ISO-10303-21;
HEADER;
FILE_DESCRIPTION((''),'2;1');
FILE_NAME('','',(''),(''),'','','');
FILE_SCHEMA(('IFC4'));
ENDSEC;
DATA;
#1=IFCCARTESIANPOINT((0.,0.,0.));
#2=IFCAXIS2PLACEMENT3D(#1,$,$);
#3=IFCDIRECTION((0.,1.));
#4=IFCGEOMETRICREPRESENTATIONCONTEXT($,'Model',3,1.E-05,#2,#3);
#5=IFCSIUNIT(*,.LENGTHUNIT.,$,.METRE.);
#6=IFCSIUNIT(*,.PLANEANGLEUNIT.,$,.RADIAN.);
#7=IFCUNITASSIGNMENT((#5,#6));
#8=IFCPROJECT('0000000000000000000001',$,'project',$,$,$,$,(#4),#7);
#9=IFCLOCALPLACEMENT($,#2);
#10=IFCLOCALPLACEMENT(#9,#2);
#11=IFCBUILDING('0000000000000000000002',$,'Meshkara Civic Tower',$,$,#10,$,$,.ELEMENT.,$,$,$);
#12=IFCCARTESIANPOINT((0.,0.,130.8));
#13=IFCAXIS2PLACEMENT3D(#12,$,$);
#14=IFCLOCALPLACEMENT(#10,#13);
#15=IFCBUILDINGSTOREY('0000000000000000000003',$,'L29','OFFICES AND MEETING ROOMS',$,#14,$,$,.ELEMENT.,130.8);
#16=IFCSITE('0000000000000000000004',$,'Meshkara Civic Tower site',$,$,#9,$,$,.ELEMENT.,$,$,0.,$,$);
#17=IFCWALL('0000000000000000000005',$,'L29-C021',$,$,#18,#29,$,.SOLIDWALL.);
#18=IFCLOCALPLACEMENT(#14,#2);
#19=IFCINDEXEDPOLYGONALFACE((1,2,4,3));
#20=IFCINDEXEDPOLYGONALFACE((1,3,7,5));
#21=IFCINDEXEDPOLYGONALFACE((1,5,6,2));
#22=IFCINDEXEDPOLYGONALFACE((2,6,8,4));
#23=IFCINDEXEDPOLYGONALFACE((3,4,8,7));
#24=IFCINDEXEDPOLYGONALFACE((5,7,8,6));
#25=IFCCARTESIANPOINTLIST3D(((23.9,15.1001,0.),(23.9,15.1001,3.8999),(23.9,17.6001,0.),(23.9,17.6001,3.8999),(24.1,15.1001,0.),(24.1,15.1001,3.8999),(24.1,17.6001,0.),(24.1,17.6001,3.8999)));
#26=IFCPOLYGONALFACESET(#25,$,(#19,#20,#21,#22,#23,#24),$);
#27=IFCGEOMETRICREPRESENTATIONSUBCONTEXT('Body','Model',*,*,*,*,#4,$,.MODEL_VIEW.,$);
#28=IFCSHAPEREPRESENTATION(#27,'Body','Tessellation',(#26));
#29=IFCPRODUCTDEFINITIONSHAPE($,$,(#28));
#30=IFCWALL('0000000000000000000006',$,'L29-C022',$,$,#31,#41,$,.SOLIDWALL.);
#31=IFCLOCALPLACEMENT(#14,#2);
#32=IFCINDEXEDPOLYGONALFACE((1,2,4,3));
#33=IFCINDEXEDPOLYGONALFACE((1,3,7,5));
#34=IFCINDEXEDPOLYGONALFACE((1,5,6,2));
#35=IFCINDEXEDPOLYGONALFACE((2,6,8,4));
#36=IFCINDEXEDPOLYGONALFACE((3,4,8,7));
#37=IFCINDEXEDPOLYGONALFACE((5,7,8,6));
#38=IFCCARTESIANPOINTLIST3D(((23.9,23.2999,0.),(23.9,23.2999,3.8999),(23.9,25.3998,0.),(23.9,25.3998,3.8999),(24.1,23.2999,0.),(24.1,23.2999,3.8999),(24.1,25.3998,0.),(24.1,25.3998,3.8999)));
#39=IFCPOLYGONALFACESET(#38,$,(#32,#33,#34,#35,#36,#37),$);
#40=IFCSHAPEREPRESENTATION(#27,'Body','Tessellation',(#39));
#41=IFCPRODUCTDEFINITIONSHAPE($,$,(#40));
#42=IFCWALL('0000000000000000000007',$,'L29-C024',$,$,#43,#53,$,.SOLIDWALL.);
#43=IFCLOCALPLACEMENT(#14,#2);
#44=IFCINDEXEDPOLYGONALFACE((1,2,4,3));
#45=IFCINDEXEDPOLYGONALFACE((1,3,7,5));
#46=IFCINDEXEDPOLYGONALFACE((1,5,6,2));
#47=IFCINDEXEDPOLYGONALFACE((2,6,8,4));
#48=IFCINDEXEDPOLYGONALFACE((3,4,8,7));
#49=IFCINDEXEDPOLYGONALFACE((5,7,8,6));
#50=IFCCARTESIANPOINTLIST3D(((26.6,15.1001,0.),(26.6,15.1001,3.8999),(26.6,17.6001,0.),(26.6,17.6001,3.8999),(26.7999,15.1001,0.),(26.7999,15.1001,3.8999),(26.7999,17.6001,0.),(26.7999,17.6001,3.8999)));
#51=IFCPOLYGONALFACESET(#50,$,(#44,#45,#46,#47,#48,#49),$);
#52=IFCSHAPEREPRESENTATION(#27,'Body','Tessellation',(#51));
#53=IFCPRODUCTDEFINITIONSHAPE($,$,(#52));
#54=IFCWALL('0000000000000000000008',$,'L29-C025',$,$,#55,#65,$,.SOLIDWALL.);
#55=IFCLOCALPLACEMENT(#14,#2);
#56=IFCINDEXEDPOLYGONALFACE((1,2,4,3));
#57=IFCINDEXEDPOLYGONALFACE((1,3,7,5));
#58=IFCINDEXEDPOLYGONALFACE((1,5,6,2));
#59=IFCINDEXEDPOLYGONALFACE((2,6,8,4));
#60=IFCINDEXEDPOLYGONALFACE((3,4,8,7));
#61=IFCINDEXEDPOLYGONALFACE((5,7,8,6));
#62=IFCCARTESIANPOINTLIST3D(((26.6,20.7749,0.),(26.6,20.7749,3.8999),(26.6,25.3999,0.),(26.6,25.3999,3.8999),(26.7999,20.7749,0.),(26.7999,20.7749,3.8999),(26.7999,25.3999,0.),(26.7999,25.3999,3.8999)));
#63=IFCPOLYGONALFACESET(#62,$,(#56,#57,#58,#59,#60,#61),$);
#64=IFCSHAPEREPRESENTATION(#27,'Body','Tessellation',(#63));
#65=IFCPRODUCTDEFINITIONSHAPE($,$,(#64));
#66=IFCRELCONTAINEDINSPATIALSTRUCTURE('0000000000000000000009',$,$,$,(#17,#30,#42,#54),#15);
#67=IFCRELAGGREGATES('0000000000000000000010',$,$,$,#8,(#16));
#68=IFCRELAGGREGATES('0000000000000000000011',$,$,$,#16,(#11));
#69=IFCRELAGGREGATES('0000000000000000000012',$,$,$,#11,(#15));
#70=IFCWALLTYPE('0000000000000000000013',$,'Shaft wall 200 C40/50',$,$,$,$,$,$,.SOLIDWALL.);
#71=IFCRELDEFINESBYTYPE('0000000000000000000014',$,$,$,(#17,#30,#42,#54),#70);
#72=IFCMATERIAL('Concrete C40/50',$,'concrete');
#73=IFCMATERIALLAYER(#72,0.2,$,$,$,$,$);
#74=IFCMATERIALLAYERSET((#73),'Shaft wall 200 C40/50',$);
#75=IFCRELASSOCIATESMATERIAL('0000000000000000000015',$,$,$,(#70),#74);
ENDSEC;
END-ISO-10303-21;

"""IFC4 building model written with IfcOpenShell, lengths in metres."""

from ifc_helpers import new_model, si_unit, direction, frame, frame_2d, origin, place, context, subcontext, project, spatial, rectangle, extrude, material, layer, layer_set, type_object, element, save


model = new_model("IFC4")

# Units and contexts
model_context = context("Model", 3, precision=1e-05, world=origin(), true_north=direction((0.0, 1.0)))
body_context = subcontext(model_context, "Body", "Model", "MODEL_VIEW")
ifc_project = project(units=[si_unit("LENGTHUNIT", "METRE"), si_unit("PLANEANGLEUNIT", "RADIAN")], contexts=[model_context])

# Site, building, storey
site_placement = place(None, origin())
site = spatial("IfcSite", under=ifc_project, at=site_placement, Name="Meshkara Civic Tower site", CompositionType="ELEMENT", RefElevation=0.0)
building_placement = place(site_placement, origin())
building = spatial("IfcBuilding", under=site, at=building_placement, Name="Meshkara Civic Tower", CompositionType="ELEMENT")
storey_placement = place(building_placement, frame((0.0, 0.0, 130.8)))
storey = spatial("IfcBuildingStorey", under=building, at=storey_placement, Name="L29", Description="OFFICES AND MEETING ROOMS", CompositionType="ELEMENT", Elevation=130.8)

# Shared definitions
ifc_material_1 = material(Name="Concrete C40/50", Category="concrete")
ifc_layer_1 = layer(ifc_material_1, 0.2)
ifc_layer_set_1 = layer_set([ifc_layer_1], Name="Shaft wall 200 C40/50")
wall_type_1 = type_object("IfcWallType", Name="Shaft wall 200 C40/50", PredefinedType="SOLIDWALL", material=ifc_layer_set_1)

# Walls
wall_1_placement = place(storey_placement, frame((24.0, 15.1001, 0.0), z_axis=(0.0, 0.0, 1.0), x_axis=(0.0, 1.0, 0.0)))
element("IfcWall", 1, at=wall_1_placement, inside=storey, type_object=wall_type_1, Name="L29-C021", PredefinedType="SOLIDWALL", context=body_context, shape_type="SweptSolid", body=[
    extrude(rectangle(XDim=2.5, YDim=0.2, at=frame_2d((1.25, 0.0))), origin(), (0.0, 0.0, 1.0), 3.8999),
])
wall_2_placement = place(storey_placement, frame((24.0, 23.3, 0.0), z_axis=(0.0, 0.0, 1.0), x_axis=(0.0, 1.0, 0.0)))
element("IfcWall", 2, at=wall_2_placement, inside=storey, type_object=wall_type_1, Name="L29-C022", PredefinedType="SOLIDWALL", context=body_context, shape_type="SweptSolid", body=[
    extrude(rectangle(XDim=2.0999, YDim=0.2, at=frame_2d((1.0498, 0.0))), origin(), (0.0, 0.0, 1.0), 3.8999),
])
wall_3_placement = place(storey_placement, frame((26.7, 15.1001, 0.0), z_axis=(0.0, 0.0, 1.0), x_axis=(0.0, 1.0, 0.0)))
element("IfcWall", 3, at=wall_3_placement, inside=storey, type_object=wall_type_1, Name="L29-C024", PredefinedType="SOLIDWALL", context=body_context, shape_type="SweptSolid", body=[
    extrude(rectangle(XDim=2.5, YDim=0.2, at=frame_2d((1.25, 0.0))), origin(), (0.0, 0.0, 1.0), 3.8999),
])
wall_4_placement = place(storey_placement, frame((26.7, 20.7749, 0.0), z_axis=(0.0, 0.0, 1.0), x_axis=(0.0, 1.0, 0.0)))
element("IfcWall", 4, at=wall_4_placement, inside=storey, type_object=wall_type_1, Name="L29-C025", PredefinedType="SOLIDWALL", context=body_context, shape_type="SweptSolid", body=[
    extrude(rectangle(XDim=4.625, YDim=0.2, at=frame_2d((2.3125, 0.0))), origin(), (0.0, 0.0, 1.0), 3.8999),
])

save(model, "model.ifc")
